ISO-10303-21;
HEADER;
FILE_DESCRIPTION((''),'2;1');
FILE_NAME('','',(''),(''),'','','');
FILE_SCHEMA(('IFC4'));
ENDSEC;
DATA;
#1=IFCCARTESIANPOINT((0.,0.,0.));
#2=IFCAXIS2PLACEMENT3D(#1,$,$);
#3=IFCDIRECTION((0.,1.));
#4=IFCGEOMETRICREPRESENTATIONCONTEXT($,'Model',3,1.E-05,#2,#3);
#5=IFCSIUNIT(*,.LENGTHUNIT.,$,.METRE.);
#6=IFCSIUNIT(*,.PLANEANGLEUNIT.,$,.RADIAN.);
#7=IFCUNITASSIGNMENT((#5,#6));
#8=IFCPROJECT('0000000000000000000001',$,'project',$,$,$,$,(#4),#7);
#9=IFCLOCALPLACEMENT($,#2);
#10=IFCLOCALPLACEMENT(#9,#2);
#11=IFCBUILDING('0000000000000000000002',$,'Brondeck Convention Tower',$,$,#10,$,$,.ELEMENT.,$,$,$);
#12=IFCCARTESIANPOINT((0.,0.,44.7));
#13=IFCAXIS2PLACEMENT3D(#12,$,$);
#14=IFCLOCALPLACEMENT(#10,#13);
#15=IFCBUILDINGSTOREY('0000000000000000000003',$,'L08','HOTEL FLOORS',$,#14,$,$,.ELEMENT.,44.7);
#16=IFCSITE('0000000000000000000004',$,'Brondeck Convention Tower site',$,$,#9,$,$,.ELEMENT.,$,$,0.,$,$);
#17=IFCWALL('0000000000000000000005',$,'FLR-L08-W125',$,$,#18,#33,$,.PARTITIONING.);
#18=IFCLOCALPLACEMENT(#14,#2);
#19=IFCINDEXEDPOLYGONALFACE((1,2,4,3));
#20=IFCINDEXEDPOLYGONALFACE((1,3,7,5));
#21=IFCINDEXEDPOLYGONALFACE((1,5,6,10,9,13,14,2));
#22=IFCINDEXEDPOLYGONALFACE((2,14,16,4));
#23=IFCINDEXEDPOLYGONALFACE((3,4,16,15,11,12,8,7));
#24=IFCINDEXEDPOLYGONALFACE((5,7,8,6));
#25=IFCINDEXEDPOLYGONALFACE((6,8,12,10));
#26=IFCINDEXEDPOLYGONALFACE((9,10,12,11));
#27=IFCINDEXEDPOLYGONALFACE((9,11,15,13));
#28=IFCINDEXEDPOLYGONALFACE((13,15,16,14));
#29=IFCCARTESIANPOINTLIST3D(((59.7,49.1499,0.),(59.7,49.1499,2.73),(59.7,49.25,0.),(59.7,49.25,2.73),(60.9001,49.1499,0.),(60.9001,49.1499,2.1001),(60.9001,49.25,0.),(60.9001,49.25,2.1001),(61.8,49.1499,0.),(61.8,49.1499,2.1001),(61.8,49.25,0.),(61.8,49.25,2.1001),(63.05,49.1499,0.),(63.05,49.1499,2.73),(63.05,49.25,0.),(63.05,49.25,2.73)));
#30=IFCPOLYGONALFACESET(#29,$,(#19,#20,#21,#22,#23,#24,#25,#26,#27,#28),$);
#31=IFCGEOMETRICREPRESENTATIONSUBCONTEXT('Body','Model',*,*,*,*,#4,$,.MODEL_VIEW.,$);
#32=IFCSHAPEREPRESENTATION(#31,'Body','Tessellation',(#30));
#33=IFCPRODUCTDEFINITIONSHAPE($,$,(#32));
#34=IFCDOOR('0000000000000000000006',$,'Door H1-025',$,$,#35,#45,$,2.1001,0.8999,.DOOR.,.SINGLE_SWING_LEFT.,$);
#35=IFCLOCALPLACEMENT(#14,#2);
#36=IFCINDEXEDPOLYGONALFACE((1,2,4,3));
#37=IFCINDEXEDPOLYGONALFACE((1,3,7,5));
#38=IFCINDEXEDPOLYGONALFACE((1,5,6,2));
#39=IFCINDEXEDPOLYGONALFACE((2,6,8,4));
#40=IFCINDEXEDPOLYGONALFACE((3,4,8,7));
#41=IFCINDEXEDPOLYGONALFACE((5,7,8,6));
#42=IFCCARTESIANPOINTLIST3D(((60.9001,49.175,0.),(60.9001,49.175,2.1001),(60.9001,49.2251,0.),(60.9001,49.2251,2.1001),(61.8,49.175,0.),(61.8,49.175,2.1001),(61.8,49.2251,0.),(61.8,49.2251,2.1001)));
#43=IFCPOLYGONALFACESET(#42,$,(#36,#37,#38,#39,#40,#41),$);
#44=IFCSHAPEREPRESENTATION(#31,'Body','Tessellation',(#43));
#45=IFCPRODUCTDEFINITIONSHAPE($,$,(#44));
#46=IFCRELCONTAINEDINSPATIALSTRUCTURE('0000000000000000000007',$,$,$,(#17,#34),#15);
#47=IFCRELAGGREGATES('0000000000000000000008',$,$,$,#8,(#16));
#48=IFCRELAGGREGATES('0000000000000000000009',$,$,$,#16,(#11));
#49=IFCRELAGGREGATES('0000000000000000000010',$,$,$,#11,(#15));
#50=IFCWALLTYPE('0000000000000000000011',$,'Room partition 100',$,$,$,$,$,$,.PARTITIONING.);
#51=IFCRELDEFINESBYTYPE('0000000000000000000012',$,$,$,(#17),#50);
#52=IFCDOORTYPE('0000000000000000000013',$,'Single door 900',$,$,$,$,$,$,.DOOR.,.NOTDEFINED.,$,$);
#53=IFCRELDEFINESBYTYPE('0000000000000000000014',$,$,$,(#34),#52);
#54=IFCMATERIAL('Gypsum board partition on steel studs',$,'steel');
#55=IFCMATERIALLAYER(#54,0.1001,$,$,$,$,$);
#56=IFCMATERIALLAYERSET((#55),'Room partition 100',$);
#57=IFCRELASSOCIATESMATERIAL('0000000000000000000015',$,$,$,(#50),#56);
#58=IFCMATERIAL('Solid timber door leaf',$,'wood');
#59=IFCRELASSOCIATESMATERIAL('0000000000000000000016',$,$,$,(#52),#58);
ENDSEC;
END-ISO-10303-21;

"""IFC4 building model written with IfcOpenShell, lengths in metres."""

from ifc_helpers import new_model, si_unit, direction, frame, frame_2d, origin, place, context, subcontext, project, spatial, rectangle, extrude, material, layer, layer_set, type_object, element, fill, save


model = new_model("IFC4")

# Units and contexts
model_context = context("Model", 3, precision=1e-05, world=origin(), true_north=direction((0.0, 1.0)))
body_context = subcontext(model_context, "Body", "Model", "MODEL_VIEW")
ifc_project = project(units=[si_unit("LENGTHUNIT", "METRE"), si_unit("PLANEANGLEUNIT", "RADIAN")], contexts=[model_context])

# Site, building, storey
site_placement = place(None, origin())
site = spatial("IfcSite", under=ifc_project, at=site_placement, Name="Brondeck Convention Tower site", CompositionType="ELEMENT", RefElevation=0.0)
building_placement = place(site_placement, origin())
building = spatial("IfcBuilding", under=site, at=building_placement, Name="Brondeck Convention Tower", CompositionType="ELEMENT")
storey_placement = place(building_placement, frame((0.0, 0.0, 44.7)))
storey = spatial("IfcBuildingStorey", under=building, at=storey_placement, Name="L08", Description="HOTEL FLOORS", CompositionType="ELEMENT", Elevation=44.7)

# Wall, opening, door
ifc_material_1 = material(Name="Solid timber door leaf", Category="wood")
ifc_material_2 = material(Name="Gypsum board partition on steel studs", Category="steel")
ifc_layer_1 = layer(ifc_material_2, 0.1001)
ifc_layer_set_1 = layer_set([ifc_layer_1], Name="Room partition 100")
wall_type_1 = type_object("IfcWallType", Name="Room partition 100", PredefinedType="PARTITIONING", material=ifc_layer_set_1)
wall_1_placement = place(storey_placement, frame((63.05, 49.2, 0.0), z_axis=(0.0, 0.0, 1.0), x_axis=(-1.0, 0.0, 0.0)))
wall_1 = element("IfcWall", 1, at=wall_1_placement, inside=storey, type_object=wall_type_1, Name="FLR-L08-W125", PredefinedType="PARTITIONING", context=body_context, shape_type="SweptSolid", body=[
    extrude(rectangle(XDim=3.3501, YDim=0.1001, at=frame_2d((1.675, 0.0))), origin(), (0.0, 0.0, 1.0), 2.73),
])
opening_1_placement = place(wall_1_placement, frame((1.25, 0.0, 0.0)))
opening_1 = element("IfcOpeningElement", 2, at=opening_1_placement, cuts=wall_1, PredefinedType="OPENING", context=body_context, shape_type="SweptSolid", body=[
    extrude(rectangle(XDim=0.8999, YDim=2.1001, at=frame_2d((0.45, 1.05))), frame((0.0, 0.0601, 0.0), z_axis=(0.0, -1.0, 0.0), x_axis=(1.0, 0.0, 0.0)), (0.0, 0.0, 1.0), 0.1201),
])
door_type_1 = type_object("IfcDoorType", Name="Single door 900", OperationType="NOTDEFINED", PredefinedType="DOOR", material=ifc_material_1)
door_1_placement = place(opening_1_placement, origin())
door_1 = element("IfcDoor", 3, at=door_1_placement, inside=storey, type_object=door_type_1, Name="Door H1-025", OperationType="SINGLE_SWING_LEFT", OverallHeight=2.1001, OverallWidth=0.8999, PredefinedType="DOOR", context=body_context, shape_type="SweptSolid", body=[
    extrude(rectangle(XDim=0.8999, YDim=2.1001, at=frame_2d((0.45, 1.05))), frame((0.0, 0.0249, 0.0), z_axis=(0.0, -1.0, 0.0), x_axis=(1.0, 0.0, 0.0)), (0.0, 0.0, 1.0), 0.05),
])
fill(opening_1, door_1)

save(model, "model.ifc")
